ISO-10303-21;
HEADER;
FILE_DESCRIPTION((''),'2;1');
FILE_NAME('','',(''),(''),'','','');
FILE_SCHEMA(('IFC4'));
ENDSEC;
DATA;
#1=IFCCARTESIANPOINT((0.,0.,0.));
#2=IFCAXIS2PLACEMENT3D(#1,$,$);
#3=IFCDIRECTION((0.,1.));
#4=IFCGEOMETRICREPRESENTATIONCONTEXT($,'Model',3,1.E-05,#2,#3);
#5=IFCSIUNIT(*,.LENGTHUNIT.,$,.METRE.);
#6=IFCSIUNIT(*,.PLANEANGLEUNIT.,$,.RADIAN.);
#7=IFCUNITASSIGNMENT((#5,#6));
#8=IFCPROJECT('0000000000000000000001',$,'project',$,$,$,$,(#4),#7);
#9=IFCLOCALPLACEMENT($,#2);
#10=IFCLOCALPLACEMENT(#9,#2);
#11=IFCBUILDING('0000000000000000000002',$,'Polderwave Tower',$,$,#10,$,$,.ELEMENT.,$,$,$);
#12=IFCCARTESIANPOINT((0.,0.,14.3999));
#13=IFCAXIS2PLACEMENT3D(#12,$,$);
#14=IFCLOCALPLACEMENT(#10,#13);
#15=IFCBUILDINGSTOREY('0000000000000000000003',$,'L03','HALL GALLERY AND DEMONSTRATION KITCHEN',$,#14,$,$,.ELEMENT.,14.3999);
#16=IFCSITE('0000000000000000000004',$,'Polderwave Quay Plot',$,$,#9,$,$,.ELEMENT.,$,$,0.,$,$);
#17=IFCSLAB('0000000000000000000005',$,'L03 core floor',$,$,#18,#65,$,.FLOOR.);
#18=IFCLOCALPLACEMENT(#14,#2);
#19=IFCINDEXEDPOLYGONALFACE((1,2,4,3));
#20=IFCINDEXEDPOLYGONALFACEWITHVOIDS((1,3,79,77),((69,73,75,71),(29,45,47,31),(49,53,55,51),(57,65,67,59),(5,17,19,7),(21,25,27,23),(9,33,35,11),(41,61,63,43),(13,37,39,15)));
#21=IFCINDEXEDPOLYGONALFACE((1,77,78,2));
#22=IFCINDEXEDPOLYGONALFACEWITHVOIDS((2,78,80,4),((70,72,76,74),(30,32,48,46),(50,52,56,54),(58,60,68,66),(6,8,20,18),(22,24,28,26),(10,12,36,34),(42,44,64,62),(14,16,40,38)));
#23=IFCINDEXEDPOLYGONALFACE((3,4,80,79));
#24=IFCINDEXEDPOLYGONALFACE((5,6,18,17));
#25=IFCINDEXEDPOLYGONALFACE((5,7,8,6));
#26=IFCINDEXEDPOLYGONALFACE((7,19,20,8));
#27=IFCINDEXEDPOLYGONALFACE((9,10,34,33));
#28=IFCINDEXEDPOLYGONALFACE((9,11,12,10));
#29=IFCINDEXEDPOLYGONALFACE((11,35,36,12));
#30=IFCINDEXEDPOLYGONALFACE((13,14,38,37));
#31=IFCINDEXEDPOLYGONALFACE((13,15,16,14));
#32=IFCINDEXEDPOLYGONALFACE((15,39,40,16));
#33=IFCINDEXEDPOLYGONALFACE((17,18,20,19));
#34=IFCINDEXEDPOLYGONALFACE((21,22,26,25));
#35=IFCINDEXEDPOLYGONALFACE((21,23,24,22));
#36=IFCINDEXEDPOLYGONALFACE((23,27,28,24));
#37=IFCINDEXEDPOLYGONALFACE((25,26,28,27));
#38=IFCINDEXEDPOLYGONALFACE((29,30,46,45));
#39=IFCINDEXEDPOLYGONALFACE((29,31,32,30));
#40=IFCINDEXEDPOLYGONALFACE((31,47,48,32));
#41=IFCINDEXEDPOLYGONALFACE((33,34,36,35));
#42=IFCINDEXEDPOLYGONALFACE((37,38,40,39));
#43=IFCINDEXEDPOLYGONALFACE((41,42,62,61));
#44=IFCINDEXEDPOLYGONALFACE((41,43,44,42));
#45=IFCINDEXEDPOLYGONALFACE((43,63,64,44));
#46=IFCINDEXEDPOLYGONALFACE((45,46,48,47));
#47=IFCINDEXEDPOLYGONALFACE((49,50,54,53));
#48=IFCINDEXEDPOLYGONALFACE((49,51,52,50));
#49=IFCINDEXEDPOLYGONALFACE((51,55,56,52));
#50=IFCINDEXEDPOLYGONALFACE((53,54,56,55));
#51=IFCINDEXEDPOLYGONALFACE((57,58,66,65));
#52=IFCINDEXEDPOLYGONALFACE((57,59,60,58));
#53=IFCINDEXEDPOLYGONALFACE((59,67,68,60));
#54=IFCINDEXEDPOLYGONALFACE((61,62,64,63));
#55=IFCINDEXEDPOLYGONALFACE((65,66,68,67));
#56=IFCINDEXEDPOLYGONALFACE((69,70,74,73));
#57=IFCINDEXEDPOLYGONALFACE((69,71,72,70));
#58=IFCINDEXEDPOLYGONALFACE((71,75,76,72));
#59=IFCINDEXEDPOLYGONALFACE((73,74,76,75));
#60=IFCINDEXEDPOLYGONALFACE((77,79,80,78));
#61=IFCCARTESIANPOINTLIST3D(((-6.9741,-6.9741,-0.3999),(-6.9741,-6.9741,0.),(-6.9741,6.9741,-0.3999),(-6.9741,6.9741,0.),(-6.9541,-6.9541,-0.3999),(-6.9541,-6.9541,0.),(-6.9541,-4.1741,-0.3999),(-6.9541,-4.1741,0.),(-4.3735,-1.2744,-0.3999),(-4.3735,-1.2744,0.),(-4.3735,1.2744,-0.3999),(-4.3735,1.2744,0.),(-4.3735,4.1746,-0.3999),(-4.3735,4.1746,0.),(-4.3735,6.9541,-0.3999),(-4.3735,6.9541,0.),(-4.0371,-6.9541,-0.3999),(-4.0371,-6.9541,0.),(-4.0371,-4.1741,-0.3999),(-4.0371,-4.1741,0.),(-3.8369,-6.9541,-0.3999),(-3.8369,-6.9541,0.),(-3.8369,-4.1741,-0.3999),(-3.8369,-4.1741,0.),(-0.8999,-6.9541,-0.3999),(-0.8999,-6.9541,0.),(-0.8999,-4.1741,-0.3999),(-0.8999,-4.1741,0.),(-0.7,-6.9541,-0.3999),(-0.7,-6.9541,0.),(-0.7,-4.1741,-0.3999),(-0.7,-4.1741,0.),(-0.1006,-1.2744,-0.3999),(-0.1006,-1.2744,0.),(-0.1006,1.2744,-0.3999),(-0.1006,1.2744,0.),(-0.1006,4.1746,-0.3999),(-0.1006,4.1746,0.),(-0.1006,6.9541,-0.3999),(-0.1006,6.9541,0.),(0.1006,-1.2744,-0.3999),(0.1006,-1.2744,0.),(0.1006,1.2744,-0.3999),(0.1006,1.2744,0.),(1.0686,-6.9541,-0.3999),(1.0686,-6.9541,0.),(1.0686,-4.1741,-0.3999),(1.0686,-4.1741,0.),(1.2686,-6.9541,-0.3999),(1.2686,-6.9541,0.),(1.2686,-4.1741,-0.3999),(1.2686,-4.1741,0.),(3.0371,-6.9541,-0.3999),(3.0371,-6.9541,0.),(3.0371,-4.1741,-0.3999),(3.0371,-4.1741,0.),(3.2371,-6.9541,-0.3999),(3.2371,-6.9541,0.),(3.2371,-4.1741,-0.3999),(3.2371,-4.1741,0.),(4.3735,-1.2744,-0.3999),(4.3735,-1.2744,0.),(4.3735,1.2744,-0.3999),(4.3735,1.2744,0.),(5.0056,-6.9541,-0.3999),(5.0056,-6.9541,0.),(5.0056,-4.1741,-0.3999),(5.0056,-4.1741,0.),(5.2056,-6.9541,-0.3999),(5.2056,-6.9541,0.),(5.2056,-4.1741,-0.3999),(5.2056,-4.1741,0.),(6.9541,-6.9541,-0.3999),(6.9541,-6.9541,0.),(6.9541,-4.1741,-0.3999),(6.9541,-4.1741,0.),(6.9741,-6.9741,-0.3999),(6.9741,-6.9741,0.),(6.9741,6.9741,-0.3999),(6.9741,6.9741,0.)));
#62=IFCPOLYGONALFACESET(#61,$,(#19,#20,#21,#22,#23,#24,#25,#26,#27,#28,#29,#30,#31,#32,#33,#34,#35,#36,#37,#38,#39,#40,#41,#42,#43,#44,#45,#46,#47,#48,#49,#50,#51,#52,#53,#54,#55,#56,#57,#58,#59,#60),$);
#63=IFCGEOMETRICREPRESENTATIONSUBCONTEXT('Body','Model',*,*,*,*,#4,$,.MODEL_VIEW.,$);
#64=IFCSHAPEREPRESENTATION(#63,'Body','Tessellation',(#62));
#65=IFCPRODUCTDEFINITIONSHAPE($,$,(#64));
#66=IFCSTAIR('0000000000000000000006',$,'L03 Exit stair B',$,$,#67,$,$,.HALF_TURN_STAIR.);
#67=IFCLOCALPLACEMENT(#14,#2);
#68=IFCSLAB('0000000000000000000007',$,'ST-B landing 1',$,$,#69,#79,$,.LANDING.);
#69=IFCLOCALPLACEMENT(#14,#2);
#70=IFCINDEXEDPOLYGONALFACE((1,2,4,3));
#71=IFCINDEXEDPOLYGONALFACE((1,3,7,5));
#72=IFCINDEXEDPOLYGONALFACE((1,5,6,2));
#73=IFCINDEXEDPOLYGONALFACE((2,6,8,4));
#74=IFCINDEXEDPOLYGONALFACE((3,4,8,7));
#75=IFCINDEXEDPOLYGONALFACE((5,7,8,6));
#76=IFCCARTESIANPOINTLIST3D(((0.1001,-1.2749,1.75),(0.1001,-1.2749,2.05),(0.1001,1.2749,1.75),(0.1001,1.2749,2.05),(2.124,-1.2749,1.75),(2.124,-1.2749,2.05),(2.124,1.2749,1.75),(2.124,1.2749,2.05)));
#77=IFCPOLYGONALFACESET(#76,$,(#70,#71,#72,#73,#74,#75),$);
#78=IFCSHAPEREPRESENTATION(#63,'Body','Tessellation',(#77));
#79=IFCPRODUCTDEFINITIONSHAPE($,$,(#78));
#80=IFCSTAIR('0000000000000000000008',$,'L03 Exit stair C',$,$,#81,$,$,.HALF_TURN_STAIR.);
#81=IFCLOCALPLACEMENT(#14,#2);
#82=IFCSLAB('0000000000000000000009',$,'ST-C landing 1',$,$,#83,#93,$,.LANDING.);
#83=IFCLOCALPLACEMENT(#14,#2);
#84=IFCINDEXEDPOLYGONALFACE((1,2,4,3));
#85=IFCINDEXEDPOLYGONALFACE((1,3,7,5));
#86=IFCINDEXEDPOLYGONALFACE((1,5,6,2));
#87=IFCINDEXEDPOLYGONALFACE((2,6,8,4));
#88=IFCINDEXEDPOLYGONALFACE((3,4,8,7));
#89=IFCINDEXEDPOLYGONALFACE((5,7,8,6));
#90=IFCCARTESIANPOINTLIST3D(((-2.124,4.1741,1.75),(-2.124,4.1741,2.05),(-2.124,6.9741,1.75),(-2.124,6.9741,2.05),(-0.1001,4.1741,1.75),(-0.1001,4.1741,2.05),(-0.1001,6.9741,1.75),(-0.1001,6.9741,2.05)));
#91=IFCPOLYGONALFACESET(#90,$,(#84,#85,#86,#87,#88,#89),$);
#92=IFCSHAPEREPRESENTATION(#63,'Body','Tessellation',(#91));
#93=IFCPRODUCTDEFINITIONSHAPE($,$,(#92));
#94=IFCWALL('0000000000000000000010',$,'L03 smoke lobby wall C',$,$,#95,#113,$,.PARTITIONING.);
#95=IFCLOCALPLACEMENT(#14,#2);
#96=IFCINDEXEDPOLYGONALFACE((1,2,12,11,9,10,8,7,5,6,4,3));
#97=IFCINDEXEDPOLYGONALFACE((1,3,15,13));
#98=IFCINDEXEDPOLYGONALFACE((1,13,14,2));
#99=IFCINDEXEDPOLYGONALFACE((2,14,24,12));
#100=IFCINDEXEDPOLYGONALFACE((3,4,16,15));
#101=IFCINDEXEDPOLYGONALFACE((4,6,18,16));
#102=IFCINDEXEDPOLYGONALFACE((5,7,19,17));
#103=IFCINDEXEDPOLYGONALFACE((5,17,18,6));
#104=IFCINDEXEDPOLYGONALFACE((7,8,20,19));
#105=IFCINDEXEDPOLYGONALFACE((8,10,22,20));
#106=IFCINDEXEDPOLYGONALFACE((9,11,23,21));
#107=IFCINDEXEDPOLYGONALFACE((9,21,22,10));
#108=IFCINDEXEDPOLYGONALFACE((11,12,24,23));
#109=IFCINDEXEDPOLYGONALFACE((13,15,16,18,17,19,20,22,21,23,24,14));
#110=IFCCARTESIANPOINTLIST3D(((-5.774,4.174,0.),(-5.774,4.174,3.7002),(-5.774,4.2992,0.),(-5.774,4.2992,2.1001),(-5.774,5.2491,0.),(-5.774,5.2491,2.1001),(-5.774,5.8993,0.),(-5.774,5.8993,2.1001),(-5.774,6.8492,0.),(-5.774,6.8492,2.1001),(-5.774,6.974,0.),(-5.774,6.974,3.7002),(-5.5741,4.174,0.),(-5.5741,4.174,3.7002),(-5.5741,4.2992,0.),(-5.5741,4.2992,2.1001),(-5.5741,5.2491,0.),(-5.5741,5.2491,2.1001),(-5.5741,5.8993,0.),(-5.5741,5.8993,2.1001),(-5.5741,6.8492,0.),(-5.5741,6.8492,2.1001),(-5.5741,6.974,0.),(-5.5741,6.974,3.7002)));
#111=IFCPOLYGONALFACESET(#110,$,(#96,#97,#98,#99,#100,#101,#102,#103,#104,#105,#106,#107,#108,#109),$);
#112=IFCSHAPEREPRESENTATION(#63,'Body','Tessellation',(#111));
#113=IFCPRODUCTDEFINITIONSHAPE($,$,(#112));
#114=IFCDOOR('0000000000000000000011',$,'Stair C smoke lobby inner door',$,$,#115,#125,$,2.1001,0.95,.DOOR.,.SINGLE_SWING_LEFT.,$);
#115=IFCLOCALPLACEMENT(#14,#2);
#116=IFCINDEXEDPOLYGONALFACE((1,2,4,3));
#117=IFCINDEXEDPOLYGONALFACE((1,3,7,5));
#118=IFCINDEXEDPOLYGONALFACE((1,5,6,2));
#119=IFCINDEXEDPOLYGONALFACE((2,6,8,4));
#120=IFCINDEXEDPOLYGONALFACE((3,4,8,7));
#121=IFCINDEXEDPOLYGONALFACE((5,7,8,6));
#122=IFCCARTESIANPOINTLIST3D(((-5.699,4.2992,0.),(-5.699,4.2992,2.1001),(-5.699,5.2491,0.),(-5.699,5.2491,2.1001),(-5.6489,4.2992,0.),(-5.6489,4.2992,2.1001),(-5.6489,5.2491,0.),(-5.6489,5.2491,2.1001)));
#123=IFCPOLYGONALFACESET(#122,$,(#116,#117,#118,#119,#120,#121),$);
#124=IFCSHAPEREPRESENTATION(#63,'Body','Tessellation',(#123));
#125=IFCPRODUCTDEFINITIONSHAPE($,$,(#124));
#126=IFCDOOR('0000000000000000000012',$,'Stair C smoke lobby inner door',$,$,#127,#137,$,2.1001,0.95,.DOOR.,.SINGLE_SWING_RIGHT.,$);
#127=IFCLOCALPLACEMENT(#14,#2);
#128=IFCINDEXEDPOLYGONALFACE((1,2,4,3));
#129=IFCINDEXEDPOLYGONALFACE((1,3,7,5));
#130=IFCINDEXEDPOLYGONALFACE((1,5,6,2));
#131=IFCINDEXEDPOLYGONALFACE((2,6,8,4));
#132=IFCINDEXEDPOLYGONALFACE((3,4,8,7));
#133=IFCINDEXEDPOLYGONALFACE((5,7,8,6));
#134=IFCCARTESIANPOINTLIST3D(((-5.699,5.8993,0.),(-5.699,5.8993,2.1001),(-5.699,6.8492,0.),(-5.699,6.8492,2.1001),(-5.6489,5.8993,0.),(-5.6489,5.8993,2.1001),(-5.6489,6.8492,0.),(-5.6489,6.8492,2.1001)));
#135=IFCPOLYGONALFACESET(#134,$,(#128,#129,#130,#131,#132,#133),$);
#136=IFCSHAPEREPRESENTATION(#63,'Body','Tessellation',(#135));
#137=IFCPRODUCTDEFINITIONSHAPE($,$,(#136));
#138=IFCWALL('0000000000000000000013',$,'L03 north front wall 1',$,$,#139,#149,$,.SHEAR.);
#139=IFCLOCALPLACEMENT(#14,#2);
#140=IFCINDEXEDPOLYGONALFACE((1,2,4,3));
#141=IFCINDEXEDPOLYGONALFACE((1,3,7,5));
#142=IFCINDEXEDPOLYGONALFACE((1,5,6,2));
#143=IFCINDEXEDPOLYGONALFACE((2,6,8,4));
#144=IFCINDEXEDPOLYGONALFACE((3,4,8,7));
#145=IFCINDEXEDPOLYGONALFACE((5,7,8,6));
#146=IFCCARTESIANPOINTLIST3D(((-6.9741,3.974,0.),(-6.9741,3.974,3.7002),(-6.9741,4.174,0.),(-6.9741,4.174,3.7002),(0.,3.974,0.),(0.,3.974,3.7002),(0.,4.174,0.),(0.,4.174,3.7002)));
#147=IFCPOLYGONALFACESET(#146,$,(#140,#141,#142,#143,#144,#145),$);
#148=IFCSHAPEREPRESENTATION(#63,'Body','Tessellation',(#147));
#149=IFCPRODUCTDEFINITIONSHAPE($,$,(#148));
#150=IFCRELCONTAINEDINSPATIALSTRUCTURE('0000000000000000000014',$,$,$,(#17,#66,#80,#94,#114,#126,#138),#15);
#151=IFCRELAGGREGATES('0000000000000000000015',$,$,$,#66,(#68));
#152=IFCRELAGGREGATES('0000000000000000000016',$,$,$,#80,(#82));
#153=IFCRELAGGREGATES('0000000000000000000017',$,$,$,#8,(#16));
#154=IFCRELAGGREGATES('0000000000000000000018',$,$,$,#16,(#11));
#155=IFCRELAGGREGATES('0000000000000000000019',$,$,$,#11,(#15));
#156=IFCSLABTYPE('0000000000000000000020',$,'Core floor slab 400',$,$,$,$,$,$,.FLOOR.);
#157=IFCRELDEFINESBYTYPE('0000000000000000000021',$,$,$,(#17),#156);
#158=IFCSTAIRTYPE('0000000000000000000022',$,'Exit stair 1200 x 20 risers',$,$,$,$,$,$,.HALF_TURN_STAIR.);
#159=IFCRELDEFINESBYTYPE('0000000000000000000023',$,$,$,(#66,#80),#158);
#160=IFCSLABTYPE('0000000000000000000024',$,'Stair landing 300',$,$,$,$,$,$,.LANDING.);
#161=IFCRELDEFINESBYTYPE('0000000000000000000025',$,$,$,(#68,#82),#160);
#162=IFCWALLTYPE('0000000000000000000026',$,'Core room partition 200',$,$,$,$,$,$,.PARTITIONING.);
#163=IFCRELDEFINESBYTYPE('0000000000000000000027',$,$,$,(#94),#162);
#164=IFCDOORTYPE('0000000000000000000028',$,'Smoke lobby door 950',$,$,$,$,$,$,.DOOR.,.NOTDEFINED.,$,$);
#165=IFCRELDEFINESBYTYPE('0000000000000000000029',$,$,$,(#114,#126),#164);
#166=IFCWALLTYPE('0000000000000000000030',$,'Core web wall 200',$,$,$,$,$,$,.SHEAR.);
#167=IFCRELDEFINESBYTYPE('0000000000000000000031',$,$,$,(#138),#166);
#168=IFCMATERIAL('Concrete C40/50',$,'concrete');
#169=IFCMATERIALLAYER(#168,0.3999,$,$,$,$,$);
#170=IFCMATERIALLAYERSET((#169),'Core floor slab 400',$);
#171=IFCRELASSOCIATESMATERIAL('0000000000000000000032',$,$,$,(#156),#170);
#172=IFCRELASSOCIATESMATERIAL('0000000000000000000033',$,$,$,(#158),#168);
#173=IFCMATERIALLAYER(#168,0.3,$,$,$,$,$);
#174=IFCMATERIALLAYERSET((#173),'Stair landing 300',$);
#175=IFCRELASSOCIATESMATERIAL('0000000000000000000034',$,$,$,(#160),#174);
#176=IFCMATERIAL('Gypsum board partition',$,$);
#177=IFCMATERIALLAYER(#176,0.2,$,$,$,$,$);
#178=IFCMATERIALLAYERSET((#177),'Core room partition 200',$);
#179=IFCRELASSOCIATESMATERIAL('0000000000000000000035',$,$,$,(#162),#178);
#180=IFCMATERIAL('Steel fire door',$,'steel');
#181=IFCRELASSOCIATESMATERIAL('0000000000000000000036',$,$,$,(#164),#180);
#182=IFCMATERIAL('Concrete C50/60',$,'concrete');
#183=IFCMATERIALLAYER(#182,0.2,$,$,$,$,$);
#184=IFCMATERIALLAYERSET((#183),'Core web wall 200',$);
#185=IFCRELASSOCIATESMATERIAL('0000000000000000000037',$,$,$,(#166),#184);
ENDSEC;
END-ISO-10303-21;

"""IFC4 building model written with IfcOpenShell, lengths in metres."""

from ifc_helpers import new_model, si_unit, direction, frame, frame_2d, origin, place, context, subcontext, project, spatial, polyline, rectangle, outline, extrude, material, layer, layer_set, type_object, element, fill, aggregate, save


model = new_model("IFC4")

# Units and contexts
model_context = context("Model", 3, precision=1e-05, world=origin(), true_north=direction((0.0, 1.0)))
body_context = subcontext(model_context, "Body", "Model", "MODEL_VIEW")
ifc_project = project(units=[si_unit("LENGTHUNIT", "METRE"), si_unit("PLANEANGLEUNIT", "RADIAN")], contexts=[model_context])

# Site, building, storey
site_placement = place(None, origin())
site = spatial("IfcSite", under=ifc_project, at=site_placement, Name="Polderwave Quay Plot", CompositionType="ELEMENT", RefElevation=0.0)
building_placement = place(site_placement, origin())
building = spatial("IfcBuilding", under=site, at=building_placement, Name="Polderwave Tower", CompositionType="ELEMENT")
storey_placement = place(building_placement, frame((0.0, 0.0, 14.3999)))
storey = spatial("IfcBuildingStorey", under=building, at=storey_placement, Name="L03", Description="HALL GALLERY AND DEMONSTRATION KITCHEN", CompositionType="ELEMENT", Elevation=14.3999)

# Slab
ifc_material_1 = material(Name="Concrete C40/50", Category="concrete")
ifc_layer_1 = layer(ifc_material_1, 0.3999)
ifc_layer_set_1 = layer_set([ifc_layer_1], Name="Core floor slab 400")
slab_type_1 = type_object("IfcSlabType", Name="Core floor slab 400", PredefinedType="FLOOR", material=ifc_layer_set_1)
slab_1_placement = place(storey_placement, frame((0.0, 0.0, -0.3999)))
element("IfcSlab", 1, at=slab_1_placement, inside=storey, type_object=slab_type_1, Name="L03 core floor", PredefinedType="FLOOR", context=body_context, shape_type="SweptSolid", body=[
    extrude(outline(polyline([(-6.9741, -6.9741), (6.9741, -6.9741), (6.9741, 6.9741), (-6.9741, 6.9741), (-6.9741, -6.9741)]), holes=[polyline([(-6.9541, -6.9541), (-4.0371, -6.9541), (-4.0371, -4.1741), (-6.9541, -4.1741), (-6.9541, -6.9541)]), polyline([(-3.8369, -6.9541), (-0.8999, -6.9541), (-0.8999, -4.1741), (-3.8369, -4.1741), (-3.8369, -6.9541)]), polyline([(-0.7, -6.9541), (1.0686, -6.9541), (1.0686, -4.1741), (-0.7, -4.1741), (-0.7, -6.9541)]), polyline([(1.2686, -6.9541), (3.0371, -6.9541), (3.0371, -4.1741), (1.2686, -4.1741), (1.2686, -6.9541)]), polyline([(3.2371, -6.9541), (5.0056, -6.9541), (5.0056, -4.1741), (3.2371, -4.1741), (3.2371, -6.9541)]), polyline([(5.2056, -6.9541), (6.9541, -6.9541), (6.9541, -4.1741), (5.2056, -4.1741), (5.2056, -6.9541)]), polyline([(-4.3735, -1.2744), (-0.1006, -1.2744), (-0.1006, 1.2744), (-4.3735, 1.2744), (-4.3735, -1.2744)]), polyline([(0.1006, -1.2744), (4.3735, -1.2744), (4.3735, 1.2744), (0.1006, 1.2744), (0.1006, -1.2744)]), polyline([(-4.3735, 4.1746), (-0.1006, 4.1746), (-0.1006, 6.9541), (-4.3735, 6.9541), (-4.3735, 4.1746)])]), origin(), (0.0, 0.0, 1.0), 0.3999),
])

# Stairs, slabs
stair_type = type_object("IfcStairType", Name="Exit stair 1200 x 20 risers", PredefinedType="HALF_TURN_STAIR", material=ifc_material_1)
stair_1_placement = place(storey_placement, origin())
stair_1 = element("IfcStair", 2, at=stair_1_placement, inside=storey, type_object=stair_type, Name="L03 Exit stair B", PredefinedType="HALF_TURN_STAIR")
ifc_layer_2 = layer(ifc_material_1, 0.3)
ifc_layer_set_2 = layer_set([ifc_layer_2], Name="Stair landing 300")
slab_type_2 = type_object("IfcSlabType", Name="Stair landing 300", PredefinedType="LANDING", material=ifc_layer_set_2)
slab_2_placement = place(storey_placement, frame((0.0, 0.0, 1.75)))
slab_2 = element("IfcSlab", 3, at=slab_2_placement, type_object=slab_type_2, Name="ST-B landing 1", PredefinedType="LANDING", context=body_context, shape_type="SweptSolid", body=[
    extrude(outline(polyline([(2.124, 1.2749), (0.1001, 1.2749), (0.1001, -1.2749), (2.124, -1.2749), (2.124, 1.2749)])), origin(), (0.0, 0.0, 1.0), 0.3),
])
aggregate(stair_1, [slab_2])
stair_2_placement = place(storey_placement, origin())
stair_2 = element("IfcStair", 4, at=stair_2_placement, inside=storey, type_object=stair_type, Name="L03 Exit stair C", PredefinedType="HALF_TURN_STAIR")
slab_3_placement = place(storey_placement, frame((0.0, 0.0, 1.75)))
slab_3 = element("IfcSlab", 5, at=slab_3_placement, type_object=slab_type_2, Name="ST-C landing 1", PredefinedType="LANDING", context=body_context, shape_type="SweptSolid", body=[
    extrude(outline(polyline([(-2.124, 4.1741), (-0.1001, 4.1741), (-0.1001, 6.9741), (-2.124, 6.9741), (-2.124, 4.1741)])), origin(), (0.0, 0.0, 1.0), 0.3),
])
aggregate(stair_2, [slab_3])

# Wall, openings, doors
ifc_material_2 = material(Name="Gypsum board partition")
ifc_layer_3 = layer(ifc_material_2, 0.2)
ifc_layer_set_3 = layer_set([ifc_layer_3], Name="Core room partition 200")
wall_type_1 = type_object("IfcWallType", Name="Core room partition 200", PredefinedType="PARTITIONING", material=ifc_layer_set_3)
wall_1_placement = place(storey_placement, frame((-5.6741, 4.1741, 0.0), z_axis=(0.0, 0.0, 1.0), x_axis=(0.0, 1.0, 0.0)))
wall_1 = element("IfcWall", 6, at=wall_1_placement, inside=storey, type_object=wall_type_1, Name="L03 smoke lobby wall C", PredefinedType="PARTITIONING", context=body_context, shape_type="SweptSolid", body=[
    extrude(rectangle(XDim=2.8, YDim=0.2, at=frame_2d((1.3999, 0.0))), origin(), (0.0, 0.0, 1.0), 3.7002),
])
opening_1_placement = place(wall_1_placement, frame((0.125, 0.0, 0.0)))
opening_1 = element("IfcOpeningElement", 7, at=opening_1_placement, cuts=wall_1, PredefinedType="OPENING", context=body_context, shape_type="SweptSolid", body=[
    extrude(rectangle(XDim=0.95, YDim=2.1001, at=frame_2d((0.4751, 1.05))), frame((0.0, 0.1099, 0.0), z_axis=(0.0, -1.0, 0.0), x_axis=(1.0, 0.0, 0.0)), (0.0, 0.0, 1.0), 0.22),
])
opening_2_placement = place(wall_1_placement, frame((1.7251, 0.0, 0.0)))
opening_2 = element("IfcOpeningElement", 8, at=opening_2_placement, cuts=wall_1, PredefinedType="OPENING", context=body_context, shape_type="SweptSolid", body=[
    extrude(rectangle(XDim=0.95, YDim=2.1001, at=frame_2d((0.4751, 1.05))), frame((0.0, 0.1099, 0.0), z_axis=(0.0, -1.0, 0.0), x_axis=(1.0, 0.0, 0.0)), (0.0, 0.0, 1.0), 0.22),
])
ifc_material_3 = material(Name="Steel fire door", Category="steel")
door_type_1 = type_object("IfcDoorType", Name="Smoke lobby door 950", OperationType="NOTDEFINED", PredefinedType="DOOR", material=ifc_material_3)
door_1_placement = place(opening_1_placement, origin())
door_1 = element("IfcDoor", 9, at=door_1_placement, inside=storey, type_object=door_type_1, Name="Stair C smoke lobby inner door", OperationType="SINGLE_SWING_LEFT", OverallHeight=2.1001, OverallWidth=0.95, PredefinedType="DOOR", context=body_context, shape_type="SweptSolid", body=[
    extrude(rectangle(XDim=0.95, YDim=2.1001, at=frame_2d((0.4751, 1.05))), frame((0.0, 0.0249, 0.0), z_axis=(0.0, -1.0, 0.0), x_axis=(1.0, 0.0, 0.0)), (0.0, 0.0, 1.0), 0.05),
])
fill(opening_1, door_1)
door_2_placement = place(opening_2_placement, origin())
door_2 = element("IfcDoor", 10, at=door_2_placement, inside=storey, type_object=door_type_1, Name="Stair C smoke lobby inner door", OperationType="SINGLE_SWING_RIGHT", OverallHeight=2.1001, OverallWidth=0.95, PredefinedType="DOOR", context=body_context, shape_type="SweptSolid", body=[
    extrude(rectangle(XDim=0.95, YDim=2.1001, at=frame_2d((0.4751, 1.05))), frame((0.0, 0.0249, 0.0), z_axis=(0.0, -1.0, 0.0), x_axis=(1.0, 0.0, 0.0)), (0.0, 0.0, 1.0), 0.05),
])
fill(opening_2, door_2)

# Wall
ifc_material_4 = material(Name="Concrete C50/60", Category="concrete")
ifc_layer_4 = layer(ifc_material_4, 0.2)
ifc_layer_set_4 = layer_set([ifc_layer_4], Name="Core web wall 200")
wall_type_2 = type_object("IfcWallType", Name="Core web wall 200", PredefinedType="SHEAR", material=ifc_layer_set_4)
wall_2_placement = place(storey_placement, frame((-6.9741, 4.074, 0.0), z_axis=(0.0, 0.0, 1.0), x_axis=(1.0, 0.0, 0.0)))
element("IfcWall", 11, at=wall_2_placement, inside=storey, type_object=wall_type_2, Name="L03 north front wall 1", PredefinedType="SHEAR", context=body_context, shape_type="SweptSolid", body=[
    extrude(rectangle(XDim=6.9741, YDim=0.2, at=frame_2d((3.4871, 0.0))), origin(), (0.0, 0.0, 1.0), 3.7002),
])

save(model, "model.ifc")
